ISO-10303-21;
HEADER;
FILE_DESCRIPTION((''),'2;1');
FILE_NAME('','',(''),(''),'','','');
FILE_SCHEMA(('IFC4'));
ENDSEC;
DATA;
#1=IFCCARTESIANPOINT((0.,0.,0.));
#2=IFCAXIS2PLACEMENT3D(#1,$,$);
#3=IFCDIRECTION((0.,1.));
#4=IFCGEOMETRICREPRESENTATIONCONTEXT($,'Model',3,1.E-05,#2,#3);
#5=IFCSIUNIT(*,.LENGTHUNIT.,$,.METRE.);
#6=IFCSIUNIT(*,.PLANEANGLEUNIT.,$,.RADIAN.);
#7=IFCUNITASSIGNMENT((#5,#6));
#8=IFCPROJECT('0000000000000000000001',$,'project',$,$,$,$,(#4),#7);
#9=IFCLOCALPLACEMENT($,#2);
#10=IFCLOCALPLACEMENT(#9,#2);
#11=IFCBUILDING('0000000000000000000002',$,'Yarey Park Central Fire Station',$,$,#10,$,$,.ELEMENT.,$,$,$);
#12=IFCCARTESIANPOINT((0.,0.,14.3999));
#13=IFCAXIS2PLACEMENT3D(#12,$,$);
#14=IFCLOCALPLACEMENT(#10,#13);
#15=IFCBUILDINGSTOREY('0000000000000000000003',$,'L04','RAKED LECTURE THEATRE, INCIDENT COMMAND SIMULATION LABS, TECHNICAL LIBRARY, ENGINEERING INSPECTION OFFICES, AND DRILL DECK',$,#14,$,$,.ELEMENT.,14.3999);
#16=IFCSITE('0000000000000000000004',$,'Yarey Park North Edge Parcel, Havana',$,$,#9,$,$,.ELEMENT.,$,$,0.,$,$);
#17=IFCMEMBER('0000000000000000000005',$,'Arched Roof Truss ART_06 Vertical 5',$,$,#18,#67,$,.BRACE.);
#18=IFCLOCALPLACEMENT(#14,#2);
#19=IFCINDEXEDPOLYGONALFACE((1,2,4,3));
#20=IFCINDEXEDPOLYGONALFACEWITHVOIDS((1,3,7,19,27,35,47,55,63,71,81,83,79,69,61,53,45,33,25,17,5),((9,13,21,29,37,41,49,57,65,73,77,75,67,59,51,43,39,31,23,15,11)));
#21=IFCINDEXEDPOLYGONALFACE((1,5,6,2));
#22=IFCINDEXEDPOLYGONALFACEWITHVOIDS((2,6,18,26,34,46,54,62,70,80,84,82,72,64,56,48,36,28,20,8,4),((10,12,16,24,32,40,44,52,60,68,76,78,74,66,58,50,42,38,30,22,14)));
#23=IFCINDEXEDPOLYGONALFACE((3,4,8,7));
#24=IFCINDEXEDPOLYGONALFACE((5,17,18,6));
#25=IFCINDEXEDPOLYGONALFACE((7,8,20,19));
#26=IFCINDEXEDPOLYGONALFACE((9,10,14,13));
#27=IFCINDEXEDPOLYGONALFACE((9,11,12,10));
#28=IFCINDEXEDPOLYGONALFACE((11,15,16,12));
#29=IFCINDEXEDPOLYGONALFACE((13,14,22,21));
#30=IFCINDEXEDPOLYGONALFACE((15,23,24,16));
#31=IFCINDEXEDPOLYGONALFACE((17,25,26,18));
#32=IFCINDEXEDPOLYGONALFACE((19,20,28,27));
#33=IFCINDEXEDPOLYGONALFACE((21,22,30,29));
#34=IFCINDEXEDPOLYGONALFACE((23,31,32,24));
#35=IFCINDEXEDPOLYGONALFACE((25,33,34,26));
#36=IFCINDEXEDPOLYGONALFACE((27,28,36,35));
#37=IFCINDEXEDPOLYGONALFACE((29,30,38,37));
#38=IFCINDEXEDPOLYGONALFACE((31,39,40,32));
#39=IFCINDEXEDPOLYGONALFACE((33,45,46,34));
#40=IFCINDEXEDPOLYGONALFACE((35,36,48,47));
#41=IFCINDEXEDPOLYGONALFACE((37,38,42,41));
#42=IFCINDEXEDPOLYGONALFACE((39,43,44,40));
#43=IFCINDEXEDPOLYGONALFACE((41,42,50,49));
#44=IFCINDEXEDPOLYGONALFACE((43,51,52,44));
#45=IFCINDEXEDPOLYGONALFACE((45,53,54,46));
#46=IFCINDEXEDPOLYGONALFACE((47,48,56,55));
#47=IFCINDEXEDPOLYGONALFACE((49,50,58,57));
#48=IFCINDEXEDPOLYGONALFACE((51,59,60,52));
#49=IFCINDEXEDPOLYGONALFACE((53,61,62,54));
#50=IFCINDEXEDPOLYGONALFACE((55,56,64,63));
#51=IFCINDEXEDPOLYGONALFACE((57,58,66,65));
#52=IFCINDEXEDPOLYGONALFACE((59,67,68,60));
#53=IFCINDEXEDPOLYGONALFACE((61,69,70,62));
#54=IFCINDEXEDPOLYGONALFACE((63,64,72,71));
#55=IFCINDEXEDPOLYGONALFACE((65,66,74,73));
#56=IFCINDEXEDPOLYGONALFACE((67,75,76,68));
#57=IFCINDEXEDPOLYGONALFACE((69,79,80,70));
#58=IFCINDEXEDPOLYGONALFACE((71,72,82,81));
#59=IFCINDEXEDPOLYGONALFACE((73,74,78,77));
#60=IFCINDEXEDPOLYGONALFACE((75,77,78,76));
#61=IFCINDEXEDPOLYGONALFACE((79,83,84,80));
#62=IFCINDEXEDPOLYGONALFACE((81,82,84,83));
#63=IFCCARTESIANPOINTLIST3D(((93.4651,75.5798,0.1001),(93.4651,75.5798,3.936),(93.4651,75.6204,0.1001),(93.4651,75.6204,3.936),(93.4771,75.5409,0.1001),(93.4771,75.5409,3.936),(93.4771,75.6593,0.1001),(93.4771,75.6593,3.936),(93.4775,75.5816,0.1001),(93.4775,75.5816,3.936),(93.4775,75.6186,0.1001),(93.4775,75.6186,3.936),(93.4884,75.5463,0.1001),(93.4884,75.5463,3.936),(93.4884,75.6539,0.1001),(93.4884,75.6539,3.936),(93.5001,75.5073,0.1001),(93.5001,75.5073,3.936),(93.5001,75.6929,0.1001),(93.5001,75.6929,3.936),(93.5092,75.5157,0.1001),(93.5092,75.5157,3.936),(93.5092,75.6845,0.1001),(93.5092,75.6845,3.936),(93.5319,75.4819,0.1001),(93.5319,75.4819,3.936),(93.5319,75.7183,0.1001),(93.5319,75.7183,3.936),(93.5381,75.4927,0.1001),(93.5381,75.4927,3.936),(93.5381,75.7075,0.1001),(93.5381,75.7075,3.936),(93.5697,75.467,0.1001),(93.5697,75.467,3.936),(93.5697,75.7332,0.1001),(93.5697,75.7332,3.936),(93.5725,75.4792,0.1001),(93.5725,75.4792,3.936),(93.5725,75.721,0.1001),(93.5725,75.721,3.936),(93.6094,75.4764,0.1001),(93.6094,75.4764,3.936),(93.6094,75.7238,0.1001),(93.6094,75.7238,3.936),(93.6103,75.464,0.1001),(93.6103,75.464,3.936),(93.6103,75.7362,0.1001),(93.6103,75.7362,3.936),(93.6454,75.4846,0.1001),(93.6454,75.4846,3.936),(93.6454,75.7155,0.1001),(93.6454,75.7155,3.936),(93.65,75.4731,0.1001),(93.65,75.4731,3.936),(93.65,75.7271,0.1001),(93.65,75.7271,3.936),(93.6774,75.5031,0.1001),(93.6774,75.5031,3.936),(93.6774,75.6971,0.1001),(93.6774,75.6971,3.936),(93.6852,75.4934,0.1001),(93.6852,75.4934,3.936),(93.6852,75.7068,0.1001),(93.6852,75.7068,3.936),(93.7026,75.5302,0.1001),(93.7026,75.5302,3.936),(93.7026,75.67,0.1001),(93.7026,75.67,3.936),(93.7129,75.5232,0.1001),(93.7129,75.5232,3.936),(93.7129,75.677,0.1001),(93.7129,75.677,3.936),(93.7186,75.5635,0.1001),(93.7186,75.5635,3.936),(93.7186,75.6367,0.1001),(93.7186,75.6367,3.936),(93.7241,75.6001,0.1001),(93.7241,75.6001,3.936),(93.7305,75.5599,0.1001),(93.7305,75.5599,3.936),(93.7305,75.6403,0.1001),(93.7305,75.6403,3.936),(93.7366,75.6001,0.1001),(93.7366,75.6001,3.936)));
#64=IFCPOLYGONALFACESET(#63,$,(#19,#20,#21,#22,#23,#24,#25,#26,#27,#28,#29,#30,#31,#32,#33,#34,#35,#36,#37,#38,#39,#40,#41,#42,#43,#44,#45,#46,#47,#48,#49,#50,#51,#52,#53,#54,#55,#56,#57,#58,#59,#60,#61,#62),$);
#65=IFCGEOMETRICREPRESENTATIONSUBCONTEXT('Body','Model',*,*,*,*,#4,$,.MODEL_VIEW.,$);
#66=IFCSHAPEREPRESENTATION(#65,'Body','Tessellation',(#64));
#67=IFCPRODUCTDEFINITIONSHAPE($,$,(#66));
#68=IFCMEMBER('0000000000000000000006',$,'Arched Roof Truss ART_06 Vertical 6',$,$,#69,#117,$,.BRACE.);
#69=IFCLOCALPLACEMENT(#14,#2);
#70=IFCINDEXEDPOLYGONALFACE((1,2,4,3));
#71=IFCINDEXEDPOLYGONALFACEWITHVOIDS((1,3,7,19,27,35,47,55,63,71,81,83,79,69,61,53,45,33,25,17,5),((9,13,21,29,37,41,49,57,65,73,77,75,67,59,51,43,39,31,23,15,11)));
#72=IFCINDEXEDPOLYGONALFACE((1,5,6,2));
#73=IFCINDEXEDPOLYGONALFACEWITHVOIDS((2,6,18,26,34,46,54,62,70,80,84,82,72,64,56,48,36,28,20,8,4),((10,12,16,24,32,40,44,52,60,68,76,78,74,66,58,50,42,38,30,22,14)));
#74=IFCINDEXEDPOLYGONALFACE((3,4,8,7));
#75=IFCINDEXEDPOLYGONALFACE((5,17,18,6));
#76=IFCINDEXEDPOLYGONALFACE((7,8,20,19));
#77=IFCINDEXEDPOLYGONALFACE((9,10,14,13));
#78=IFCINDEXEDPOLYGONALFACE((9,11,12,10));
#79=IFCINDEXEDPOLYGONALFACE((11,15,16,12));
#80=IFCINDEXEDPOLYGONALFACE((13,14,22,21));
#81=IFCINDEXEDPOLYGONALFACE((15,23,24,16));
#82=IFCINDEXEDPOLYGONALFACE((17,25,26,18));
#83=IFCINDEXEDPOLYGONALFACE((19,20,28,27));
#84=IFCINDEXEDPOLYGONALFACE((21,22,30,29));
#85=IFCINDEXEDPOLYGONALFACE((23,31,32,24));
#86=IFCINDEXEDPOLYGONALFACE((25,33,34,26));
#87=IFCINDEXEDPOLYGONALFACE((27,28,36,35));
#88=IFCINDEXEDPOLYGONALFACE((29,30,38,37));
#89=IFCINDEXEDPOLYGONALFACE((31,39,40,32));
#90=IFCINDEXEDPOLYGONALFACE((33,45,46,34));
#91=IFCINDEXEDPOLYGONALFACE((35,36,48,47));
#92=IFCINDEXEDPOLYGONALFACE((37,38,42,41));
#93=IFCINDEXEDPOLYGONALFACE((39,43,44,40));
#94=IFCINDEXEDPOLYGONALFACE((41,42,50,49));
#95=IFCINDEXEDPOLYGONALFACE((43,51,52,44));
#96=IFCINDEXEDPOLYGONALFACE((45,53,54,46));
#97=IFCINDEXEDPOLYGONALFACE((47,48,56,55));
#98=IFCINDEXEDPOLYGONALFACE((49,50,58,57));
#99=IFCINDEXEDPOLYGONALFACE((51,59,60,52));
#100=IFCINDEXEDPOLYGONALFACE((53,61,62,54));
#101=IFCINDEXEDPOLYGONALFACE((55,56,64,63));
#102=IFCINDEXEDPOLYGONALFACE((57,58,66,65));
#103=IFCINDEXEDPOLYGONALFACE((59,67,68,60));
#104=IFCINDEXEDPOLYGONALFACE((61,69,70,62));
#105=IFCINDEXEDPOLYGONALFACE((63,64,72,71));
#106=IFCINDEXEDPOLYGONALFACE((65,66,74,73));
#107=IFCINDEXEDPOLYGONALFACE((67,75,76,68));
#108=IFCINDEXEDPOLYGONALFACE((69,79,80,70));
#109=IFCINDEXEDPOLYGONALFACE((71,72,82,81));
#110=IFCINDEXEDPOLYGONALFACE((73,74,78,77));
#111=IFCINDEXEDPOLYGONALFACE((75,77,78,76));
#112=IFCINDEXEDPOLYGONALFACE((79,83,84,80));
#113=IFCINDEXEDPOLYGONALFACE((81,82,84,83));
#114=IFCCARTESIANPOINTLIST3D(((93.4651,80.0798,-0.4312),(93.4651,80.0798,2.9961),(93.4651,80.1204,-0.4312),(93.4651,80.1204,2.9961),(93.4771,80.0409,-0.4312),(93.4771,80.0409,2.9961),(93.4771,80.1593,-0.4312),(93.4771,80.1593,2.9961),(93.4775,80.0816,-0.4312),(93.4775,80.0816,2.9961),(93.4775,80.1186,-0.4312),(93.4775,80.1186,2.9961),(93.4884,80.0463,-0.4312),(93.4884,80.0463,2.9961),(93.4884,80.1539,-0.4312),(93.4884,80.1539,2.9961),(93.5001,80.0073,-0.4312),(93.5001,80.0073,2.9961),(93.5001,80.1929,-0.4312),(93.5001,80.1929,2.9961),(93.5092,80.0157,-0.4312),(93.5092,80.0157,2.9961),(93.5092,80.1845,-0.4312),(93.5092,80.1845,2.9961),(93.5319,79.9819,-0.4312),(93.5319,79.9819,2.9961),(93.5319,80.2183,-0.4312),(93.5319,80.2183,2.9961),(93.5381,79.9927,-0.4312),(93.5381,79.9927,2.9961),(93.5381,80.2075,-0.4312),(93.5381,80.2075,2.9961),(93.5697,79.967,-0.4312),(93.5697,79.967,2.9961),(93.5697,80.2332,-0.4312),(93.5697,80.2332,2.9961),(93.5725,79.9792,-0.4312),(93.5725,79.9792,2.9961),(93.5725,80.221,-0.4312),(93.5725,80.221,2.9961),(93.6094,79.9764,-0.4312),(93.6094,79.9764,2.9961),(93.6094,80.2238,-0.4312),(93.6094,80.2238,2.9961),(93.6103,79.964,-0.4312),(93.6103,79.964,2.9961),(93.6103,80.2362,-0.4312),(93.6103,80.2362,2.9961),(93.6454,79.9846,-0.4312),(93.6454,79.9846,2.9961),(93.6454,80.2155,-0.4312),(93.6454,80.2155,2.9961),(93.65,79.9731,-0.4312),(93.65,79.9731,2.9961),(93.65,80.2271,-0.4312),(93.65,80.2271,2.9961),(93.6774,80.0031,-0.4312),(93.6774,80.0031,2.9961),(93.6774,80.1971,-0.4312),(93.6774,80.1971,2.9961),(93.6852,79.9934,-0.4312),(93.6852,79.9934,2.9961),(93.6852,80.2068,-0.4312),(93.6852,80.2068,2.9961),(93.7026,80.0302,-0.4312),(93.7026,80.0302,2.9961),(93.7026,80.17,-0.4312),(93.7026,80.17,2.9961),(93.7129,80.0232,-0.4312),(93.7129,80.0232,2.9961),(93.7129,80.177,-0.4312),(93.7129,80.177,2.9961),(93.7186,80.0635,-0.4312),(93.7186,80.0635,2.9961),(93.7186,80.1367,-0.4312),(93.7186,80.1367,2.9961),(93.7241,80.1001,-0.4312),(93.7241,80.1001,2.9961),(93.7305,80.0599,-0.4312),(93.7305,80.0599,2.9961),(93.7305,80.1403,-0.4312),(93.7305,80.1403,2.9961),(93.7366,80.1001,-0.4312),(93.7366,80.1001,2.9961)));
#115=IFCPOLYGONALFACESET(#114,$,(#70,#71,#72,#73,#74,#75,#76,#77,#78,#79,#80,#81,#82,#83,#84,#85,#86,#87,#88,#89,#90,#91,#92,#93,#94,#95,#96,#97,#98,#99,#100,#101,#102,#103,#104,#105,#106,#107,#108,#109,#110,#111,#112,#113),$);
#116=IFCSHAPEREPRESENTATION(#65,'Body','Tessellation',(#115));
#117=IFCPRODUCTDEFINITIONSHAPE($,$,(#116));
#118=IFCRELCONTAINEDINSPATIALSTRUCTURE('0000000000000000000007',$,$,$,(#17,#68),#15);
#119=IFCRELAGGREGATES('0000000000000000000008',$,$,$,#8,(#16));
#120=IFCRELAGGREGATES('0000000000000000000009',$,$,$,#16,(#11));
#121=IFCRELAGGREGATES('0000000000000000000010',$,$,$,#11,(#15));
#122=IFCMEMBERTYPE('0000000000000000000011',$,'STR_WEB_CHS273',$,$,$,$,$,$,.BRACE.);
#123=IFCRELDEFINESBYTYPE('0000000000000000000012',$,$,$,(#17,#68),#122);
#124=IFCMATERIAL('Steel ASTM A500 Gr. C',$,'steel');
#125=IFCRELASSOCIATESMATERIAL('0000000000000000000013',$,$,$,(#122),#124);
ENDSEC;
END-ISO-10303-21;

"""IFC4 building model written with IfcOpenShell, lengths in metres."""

from ifc_helpers import new_model, si_unit, direction, frame, origin, origin_2d, place, context, subcontext, project, spatial, hollow_circle, extrude, material, material_profile, profile_set, type_object, element, save


model = new_model("IFC4")

# Units and contexts
model_context = context("Model", 3, precision=1e-05, world=origin(), true_north=direction((0.0, 1.0)))
body_context = subcontext(model_context, "Body", "Model", "MODEL_VIEW")
ifc_project = project(units=[si_unit("LENGTHUNIT", "METRE"), si_unit("PLANEANGLEUNIT", "RADIAN")], contexts=[model_context])

# Site, building, storey
site_placement = place(None, origin())
site = spatial("IfcSite", under=ifc_project, at=site_placement, Name="Yarey Park North Edge Parcel, Havana", CompositionType="ELEMENT", RefElevation=0.0)
building_placement = place(site_placement, origin())
building = spatial("IfcBuilding", under=site, at=building_placement, Name="Yarey Park Central Fire Station", CompositionType="ELEMENT")
storey_placement = place(building_placement, frame((0.0, 0.0, 14.3999)))
storey = spatial("IfcBuildingStorey", under=building, at=storey_placement, Name="L04", Description="RAKED LECTURE THEATRE, INCIDENT COMMAND SIMULATION LABS, TECHNICAL LIBRARY, ENGINEERING INSPECTION OFFICES, AND DRILL DECK", CompositionType="ELEMENT", Elevation=14.3999)

# Members
ifc_material = material(Name="Steel ASTM A500 Gr. C", Category="steel")
ifc_material_profile_1 = material_profile(ifc_material, hollow_circle(Radius=0.1365, WallThickness=0.0125, at=origin_2d()), Name="CHS 273x12.5")
ifc_profile_set_1 = profile_set([ifc_material_profile_1], Name="Steel ASTM A500 Gr. C")
member_type_1 = type_object("IfcMemberType", Name="STR_WEB_CHS273", PredefinedType="BRACE", material=ifc_profile_set_1)
member_1_placement = place(storey_placement, frame((93.6001, 75.6001, 0.1001), z_axis=(0.0, 0.0, 1.0), x_axis=(1.0, 0.0, 0.0)))
element("IfcMember", 1, at=member_1_placement, inside=storey, type_object=member_type_1, Name="Arched Roof Truss ART_06 Vertical 5", PredefinedType="BRACE", context=body_context, shape_type="SweptSolid", body=[
    extrude(hollow_circle(Radius=0.1365, WallThickness=0.0125, at=origin_2d()), origin(), (0.0, 0.0, 1.0), 3.8359),
])
member_2_placement = place(storey_placement, frame((93.6001, 80.1001, -0.4312), z_axis=(0.0, 0.0, 1.0), x_axis=(1.0, 0.0, 0.0)))
element("IfcMember", 2, at=member_2_placement, inside=storey, type_object=member_type_1, Name="Arched Roof Truss ART_06 Vertical 6", PredefinedType="BRACE", context=body_context, shape_type="SweptSolid", body=[
    extrude(hollow_circle(Radius=0.1365, WallThickness=0.0125, at=origin_2d()), origin(), (0.0, 0.0, 1.0), 3.4272),
])

save(model, "model.ifc")
